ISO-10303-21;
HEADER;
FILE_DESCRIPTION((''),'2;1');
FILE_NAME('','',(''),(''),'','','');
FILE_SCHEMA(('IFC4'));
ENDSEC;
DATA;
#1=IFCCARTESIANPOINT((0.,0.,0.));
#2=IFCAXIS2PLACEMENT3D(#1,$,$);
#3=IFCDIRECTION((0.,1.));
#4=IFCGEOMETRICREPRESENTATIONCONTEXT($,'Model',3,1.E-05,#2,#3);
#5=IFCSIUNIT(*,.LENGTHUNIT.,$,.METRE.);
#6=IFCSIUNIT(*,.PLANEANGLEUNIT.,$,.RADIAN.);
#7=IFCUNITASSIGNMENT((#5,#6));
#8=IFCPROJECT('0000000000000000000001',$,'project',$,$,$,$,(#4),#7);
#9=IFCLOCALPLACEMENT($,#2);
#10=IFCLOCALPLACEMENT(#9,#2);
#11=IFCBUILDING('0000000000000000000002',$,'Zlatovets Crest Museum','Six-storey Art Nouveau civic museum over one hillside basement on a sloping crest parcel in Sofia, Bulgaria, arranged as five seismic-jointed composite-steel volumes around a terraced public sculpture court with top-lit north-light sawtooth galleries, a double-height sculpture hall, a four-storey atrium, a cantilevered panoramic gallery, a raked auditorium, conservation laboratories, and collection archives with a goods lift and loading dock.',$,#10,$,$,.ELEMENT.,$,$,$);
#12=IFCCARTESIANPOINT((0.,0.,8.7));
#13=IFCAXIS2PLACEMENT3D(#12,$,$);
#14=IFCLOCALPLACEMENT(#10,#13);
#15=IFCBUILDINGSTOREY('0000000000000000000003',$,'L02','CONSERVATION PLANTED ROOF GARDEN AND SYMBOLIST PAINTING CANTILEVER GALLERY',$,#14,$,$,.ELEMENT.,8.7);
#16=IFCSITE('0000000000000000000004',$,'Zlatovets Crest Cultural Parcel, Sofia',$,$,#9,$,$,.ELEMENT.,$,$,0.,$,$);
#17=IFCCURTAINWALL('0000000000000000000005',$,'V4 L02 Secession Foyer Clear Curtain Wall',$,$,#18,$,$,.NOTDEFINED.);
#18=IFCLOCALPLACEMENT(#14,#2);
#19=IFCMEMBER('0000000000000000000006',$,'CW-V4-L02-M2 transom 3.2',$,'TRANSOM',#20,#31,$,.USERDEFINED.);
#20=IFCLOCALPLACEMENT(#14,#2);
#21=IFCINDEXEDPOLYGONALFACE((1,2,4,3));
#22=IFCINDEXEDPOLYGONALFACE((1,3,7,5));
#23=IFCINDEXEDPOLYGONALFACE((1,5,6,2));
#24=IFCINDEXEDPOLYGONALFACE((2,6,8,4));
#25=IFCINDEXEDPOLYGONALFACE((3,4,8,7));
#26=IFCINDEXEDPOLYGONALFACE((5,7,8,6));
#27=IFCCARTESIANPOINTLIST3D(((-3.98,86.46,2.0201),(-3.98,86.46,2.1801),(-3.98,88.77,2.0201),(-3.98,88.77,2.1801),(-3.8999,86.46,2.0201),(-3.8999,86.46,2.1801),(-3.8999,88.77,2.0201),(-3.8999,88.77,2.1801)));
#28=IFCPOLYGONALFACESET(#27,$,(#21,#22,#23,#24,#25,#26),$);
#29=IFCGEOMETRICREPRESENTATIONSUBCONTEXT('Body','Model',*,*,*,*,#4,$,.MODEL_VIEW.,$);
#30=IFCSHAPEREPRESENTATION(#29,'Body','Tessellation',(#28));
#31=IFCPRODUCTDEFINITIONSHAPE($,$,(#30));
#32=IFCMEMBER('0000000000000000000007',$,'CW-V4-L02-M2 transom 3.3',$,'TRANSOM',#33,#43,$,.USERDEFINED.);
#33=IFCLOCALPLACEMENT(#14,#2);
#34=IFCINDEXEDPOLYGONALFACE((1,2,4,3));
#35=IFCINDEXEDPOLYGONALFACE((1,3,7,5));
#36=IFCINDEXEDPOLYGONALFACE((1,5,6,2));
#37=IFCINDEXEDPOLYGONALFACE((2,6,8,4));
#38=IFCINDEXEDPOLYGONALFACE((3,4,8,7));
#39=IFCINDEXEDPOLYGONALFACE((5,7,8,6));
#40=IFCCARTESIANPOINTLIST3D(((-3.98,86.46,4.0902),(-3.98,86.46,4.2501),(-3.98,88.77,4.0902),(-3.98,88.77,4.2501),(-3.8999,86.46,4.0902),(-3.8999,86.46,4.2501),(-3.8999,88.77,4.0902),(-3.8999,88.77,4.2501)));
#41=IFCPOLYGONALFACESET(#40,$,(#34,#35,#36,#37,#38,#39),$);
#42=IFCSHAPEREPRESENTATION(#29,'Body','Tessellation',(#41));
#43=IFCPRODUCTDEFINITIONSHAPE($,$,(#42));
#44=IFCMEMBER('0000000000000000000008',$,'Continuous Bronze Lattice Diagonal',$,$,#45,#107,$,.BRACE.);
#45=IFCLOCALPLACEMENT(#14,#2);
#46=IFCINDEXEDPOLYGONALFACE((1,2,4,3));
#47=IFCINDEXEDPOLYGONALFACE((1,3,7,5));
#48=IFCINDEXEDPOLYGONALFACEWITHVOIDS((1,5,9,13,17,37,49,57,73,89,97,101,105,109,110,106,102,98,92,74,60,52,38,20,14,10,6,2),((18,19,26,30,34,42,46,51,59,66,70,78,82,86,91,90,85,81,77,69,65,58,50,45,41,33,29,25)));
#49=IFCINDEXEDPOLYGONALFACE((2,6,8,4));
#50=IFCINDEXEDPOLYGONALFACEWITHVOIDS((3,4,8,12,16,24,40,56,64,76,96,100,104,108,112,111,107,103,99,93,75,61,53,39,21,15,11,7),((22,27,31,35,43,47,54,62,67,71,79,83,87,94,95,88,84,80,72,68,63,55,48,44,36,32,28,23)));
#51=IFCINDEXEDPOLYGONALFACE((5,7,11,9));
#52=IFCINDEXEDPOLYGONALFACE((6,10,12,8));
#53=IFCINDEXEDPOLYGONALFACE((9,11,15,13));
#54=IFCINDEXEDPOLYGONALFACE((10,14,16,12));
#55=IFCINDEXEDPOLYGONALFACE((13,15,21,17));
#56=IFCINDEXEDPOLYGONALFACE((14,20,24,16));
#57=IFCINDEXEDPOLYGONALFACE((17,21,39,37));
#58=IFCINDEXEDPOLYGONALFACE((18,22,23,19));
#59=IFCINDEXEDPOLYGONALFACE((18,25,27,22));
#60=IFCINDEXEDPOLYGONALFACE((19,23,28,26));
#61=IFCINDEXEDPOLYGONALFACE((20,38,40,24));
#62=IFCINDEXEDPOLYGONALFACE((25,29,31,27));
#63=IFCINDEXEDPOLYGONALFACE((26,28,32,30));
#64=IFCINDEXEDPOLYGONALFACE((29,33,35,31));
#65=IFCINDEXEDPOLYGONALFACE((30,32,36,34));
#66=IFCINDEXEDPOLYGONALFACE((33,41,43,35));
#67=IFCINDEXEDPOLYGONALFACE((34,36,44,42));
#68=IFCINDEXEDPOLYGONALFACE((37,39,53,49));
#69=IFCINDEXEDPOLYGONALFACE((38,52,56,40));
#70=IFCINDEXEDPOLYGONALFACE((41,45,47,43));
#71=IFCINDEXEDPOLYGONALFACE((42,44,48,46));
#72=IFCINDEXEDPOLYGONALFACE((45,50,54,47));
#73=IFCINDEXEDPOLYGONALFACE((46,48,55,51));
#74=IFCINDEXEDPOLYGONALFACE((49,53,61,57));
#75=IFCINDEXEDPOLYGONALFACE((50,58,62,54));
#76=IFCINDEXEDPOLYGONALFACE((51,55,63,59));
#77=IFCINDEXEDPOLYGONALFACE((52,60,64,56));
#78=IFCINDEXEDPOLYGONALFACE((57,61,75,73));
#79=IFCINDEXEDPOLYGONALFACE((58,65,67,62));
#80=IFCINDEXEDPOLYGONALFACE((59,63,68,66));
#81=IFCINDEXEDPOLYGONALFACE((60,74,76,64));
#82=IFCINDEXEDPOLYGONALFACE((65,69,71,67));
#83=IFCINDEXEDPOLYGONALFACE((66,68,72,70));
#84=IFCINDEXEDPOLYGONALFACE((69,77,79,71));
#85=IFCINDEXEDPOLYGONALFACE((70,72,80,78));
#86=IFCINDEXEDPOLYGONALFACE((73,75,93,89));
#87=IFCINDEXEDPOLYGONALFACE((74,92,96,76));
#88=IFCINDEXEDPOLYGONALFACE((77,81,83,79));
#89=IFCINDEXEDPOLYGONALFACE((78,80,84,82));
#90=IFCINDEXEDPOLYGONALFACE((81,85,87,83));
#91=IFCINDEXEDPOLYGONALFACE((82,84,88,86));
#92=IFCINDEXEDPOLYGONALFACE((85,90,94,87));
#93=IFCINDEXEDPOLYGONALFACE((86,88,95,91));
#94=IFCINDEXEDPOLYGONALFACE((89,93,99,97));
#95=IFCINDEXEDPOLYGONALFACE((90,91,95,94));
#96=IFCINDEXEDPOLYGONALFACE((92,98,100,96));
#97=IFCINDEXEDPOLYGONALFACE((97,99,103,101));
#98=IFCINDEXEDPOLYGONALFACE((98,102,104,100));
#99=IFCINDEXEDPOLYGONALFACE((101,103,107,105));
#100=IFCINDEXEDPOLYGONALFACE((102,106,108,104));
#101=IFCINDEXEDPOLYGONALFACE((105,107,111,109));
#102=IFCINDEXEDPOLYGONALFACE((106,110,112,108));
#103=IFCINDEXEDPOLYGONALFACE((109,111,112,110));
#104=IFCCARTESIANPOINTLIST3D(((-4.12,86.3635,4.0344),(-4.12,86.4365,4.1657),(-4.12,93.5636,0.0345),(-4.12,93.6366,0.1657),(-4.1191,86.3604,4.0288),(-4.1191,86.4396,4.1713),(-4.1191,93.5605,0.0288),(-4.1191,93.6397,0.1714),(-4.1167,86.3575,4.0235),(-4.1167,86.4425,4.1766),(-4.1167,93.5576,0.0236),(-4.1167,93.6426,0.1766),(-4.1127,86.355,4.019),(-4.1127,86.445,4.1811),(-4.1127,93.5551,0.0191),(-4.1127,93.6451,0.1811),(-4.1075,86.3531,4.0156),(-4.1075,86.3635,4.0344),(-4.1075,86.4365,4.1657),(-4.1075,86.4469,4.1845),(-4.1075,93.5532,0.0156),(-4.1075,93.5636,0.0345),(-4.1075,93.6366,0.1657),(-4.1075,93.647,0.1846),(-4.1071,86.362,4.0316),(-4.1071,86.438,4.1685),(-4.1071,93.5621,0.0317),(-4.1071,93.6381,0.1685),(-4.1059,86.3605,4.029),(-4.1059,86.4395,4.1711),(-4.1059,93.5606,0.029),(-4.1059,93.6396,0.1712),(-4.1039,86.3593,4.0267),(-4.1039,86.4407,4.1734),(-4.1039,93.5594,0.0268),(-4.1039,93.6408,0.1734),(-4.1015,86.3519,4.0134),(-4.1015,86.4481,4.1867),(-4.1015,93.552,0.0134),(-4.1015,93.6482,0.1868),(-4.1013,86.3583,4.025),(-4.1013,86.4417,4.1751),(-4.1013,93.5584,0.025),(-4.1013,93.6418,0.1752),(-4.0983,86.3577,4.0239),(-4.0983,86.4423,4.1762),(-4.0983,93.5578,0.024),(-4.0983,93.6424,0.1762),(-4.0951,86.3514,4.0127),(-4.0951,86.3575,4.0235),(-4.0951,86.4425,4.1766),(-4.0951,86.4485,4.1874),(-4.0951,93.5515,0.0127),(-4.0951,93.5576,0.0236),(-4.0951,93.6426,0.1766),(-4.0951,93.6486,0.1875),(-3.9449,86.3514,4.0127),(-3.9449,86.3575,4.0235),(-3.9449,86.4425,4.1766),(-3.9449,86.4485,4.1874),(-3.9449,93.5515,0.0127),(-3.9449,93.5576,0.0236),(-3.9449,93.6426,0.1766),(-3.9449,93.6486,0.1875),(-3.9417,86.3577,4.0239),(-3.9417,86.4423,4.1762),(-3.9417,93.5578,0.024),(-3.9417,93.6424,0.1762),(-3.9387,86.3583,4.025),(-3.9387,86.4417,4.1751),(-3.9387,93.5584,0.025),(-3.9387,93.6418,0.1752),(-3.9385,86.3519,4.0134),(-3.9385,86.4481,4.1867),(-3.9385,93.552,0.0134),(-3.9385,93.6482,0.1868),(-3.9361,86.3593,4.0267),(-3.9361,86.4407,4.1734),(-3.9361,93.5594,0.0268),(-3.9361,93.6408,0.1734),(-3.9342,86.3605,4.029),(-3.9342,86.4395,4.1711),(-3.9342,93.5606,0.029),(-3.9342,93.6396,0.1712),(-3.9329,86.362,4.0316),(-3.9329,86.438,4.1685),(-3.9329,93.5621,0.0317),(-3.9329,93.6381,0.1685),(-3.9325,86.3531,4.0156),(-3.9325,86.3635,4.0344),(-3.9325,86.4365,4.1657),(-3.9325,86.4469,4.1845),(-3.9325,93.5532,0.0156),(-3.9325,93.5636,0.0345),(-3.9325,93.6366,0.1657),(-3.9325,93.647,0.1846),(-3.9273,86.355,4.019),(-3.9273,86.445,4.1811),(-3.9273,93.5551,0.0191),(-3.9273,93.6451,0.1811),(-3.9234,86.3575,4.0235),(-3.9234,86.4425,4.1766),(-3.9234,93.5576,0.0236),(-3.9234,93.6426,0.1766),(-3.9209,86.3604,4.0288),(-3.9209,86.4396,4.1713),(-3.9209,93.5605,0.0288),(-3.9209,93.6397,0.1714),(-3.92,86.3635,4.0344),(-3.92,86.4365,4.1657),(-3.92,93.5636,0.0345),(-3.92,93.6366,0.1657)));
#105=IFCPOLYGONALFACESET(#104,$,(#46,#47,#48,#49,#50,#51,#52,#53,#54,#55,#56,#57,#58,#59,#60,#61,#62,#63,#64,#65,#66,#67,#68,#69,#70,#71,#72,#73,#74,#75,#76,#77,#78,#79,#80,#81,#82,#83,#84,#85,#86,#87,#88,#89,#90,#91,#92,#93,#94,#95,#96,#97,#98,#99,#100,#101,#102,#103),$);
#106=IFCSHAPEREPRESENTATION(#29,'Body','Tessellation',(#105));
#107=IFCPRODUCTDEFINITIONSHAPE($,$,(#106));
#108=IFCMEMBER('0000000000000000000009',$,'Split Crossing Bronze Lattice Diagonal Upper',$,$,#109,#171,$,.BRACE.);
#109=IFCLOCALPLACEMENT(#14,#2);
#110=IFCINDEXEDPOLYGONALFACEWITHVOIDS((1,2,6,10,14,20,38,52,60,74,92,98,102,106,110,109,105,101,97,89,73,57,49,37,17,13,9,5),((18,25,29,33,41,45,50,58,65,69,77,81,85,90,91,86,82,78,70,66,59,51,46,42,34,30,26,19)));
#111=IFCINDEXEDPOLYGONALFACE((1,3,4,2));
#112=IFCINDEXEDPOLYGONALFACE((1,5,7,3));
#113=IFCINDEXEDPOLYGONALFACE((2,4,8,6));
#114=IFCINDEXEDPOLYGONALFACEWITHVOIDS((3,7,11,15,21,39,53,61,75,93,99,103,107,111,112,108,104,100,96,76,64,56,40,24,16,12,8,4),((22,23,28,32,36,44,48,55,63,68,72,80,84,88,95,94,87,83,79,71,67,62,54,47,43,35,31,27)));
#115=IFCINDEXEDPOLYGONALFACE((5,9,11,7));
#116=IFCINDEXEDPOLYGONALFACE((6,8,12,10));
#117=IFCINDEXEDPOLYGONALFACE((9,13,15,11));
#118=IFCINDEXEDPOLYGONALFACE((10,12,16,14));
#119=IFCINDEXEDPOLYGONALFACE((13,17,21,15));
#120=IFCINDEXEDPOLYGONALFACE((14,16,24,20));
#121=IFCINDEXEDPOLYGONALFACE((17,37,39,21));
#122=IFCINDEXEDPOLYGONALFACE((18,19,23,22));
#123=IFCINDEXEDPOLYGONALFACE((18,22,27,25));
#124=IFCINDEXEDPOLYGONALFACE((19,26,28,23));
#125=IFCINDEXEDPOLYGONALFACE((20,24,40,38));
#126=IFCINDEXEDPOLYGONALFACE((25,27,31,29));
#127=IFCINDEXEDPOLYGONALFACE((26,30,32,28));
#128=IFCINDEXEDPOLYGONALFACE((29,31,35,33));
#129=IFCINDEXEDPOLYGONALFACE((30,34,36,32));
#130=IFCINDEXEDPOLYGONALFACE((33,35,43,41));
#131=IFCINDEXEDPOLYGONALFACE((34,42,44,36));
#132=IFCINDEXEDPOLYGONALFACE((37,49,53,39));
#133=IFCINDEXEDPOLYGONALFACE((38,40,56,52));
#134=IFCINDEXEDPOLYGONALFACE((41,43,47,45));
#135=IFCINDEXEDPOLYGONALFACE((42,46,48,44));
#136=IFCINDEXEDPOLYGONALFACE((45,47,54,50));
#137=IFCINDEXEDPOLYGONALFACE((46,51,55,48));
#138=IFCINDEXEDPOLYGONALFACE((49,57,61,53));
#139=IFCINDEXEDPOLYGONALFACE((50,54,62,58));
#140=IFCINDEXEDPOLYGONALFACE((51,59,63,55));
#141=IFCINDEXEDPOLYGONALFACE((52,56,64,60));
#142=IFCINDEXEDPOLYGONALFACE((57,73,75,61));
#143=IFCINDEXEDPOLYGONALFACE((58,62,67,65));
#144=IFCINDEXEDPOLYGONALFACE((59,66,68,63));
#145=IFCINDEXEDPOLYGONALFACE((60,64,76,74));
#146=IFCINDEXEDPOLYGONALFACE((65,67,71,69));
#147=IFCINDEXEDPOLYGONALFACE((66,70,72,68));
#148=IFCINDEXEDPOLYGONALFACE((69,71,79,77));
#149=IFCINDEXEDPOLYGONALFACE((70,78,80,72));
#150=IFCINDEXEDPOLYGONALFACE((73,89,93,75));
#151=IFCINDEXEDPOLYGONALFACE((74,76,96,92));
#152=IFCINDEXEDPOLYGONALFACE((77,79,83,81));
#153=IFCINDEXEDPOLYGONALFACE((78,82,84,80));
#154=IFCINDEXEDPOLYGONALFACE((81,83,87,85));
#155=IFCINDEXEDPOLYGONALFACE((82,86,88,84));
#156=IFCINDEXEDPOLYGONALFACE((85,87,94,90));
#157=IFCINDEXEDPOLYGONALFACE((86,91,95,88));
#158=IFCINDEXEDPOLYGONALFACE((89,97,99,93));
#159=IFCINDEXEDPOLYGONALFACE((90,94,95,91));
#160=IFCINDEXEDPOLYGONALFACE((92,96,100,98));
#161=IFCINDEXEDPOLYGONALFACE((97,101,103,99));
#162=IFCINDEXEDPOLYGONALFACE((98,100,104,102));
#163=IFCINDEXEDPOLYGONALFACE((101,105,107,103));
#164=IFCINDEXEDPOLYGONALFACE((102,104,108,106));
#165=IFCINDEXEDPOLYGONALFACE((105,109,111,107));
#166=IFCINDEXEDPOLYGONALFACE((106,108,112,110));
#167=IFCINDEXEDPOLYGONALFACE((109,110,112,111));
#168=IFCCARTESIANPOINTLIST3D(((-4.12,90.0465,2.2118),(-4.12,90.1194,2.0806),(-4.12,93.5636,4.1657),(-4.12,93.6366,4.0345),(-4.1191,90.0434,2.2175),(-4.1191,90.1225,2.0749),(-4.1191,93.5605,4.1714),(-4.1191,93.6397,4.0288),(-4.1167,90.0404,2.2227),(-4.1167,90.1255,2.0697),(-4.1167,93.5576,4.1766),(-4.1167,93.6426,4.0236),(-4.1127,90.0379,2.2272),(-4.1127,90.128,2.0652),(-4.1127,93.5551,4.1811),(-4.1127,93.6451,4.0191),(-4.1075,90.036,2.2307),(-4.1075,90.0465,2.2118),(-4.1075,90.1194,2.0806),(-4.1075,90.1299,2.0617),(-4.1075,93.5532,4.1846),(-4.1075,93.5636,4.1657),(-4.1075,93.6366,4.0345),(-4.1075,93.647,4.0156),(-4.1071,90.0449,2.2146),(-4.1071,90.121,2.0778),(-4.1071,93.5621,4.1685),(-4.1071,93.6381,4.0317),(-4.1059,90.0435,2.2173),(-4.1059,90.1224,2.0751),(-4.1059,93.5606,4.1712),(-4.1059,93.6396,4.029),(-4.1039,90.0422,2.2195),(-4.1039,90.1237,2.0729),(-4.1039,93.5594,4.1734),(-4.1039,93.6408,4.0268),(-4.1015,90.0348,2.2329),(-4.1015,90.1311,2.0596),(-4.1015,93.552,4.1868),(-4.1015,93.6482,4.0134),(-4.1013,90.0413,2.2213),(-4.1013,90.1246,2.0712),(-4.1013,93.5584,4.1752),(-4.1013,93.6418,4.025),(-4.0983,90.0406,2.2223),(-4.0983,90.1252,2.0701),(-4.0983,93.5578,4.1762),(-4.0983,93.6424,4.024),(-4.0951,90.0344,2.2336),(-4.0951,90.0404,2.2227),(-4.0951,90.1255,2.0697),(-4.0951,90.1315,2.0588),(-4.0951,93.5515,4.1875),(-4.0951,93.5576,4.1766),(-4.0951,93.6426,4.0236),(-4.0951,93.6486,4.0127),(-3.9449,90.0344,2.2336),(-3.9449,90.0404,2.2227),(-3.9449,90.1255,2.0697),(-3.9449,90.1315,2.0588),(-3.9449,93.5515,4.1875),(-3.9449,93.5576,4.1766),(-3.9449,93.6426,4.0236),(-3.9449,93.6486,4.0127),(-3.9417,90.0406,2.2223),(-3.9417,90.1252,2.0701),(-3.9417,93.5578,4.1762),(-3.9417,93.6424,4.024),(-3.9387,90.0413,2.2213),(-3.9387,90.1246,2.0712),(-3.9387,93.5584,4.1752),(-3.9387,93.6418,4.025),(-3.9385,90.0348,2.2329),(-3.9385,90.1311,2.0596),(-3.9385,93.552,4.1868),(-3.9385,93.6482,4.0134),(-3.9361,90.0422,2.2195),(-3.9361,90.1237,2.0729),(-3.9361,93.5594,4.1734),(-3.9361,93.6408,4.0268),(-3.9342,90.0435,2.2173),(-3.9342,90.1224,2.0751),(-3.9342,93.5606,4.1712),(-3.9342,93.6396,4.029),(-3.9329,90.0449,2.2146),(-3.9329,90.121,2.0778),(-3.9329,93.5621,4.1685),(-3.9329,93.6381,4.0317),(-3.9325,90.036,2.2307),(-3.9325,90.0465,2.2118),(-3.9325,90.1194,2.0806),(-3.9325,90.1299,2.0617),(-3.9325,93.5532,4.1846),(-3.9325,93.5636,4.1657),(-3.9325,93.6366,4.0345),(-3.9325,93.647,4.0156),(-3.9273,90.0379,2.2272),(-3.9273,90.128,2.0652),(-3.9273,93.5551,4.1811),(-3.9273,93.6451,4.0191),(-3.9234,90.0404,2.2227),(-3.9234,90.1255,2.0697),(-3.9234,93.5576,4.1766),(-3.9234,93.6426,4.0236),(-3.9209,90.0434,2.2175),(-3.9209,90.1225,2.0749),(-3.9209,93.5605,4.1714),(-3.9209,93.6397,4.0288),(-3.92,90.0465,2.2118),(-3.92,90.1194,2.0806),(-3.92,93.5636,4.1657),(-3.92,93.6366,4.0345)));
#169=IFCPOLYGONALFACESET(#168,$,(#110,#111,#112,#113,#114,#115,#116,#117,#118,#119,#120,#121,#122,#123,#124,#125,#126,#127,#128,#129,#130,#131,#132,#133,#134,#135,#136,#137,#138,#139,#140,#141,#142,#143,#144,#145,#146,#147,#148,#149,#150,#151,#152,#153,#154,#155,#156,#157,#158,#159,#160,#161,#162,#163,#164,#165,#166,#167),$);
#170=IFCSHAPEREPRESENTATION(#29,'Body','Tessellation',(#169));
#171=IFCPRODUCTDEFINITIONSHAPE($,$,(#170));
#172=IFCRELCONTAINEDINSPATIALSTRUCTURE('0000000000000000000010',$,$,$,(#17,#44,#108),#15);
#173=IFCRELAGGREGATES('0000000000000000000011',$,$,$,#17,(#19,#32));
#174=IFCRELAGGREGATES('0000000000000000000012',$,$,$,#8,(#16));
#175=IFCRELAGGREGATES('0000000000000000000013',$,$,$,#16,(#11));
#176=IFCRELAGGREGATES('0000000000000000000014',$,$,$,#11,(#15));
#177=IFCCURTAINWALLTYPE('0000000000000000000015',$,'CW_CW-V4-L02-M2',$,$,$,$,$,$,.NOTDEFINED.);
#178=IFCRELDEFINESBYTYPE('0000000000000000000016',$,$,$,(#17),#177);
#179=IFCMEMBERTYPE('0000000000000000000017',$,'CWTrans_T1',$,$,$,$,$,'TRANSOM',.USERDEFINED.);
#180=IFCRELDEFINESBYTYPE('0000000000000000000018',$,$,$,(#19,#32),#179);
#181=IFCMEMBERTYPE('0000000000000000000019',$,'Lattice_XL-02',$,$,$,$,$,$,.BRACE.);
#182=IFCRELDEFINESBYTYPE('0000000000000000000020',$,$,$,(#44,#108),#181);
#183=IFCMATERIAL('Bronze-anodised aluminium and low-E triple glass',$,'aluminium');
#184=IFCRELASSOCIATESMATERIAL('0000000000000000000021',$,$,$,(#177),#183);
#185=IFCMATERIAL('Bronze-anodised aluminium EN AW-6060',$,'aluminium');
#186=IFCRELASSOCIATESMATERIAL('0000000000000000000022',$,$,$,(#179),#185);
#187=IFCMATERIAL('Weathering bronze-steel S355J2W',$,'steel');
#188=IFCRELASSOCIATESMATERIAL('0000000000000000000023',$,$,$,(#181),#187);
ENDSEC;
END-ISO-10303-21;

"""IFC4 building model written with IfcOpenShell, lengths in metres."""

from ifc_helpers import new_model, si_unit, direction, frame, origin, origin_2d, place, context, subcontext, project, spatial, rectangle, hollow_rectangle, extrude, material, material_profile, profile_set, type_object, element, aggregate, save


model = new_model("IFC4")

# Units and contexts
model_context = context("Model", 3, precision=1e-05, world=origin(), true_north=direction((0.0, 1.0)))
body_context = subcontext(model_context, "Body", "Model", "MODEL_VIEW")
ifc_project = project(units=[si_unit("LENGTHUNIT", "METRE"), si_unit("PLANEANGLEUNIT", "RADIAN")], contexts=[model_context])

# Site, building, storey
site_placement = place(None, origin())
site = spatial("IfcSite", under=ifc_project, at=site_placement, Name="Zlatovets Crest Cultural Parcel, Sofia", CompositionType="ELEMENT", RefElevation=0.0)
building_placement = place(site_placement, origin())
building = spatial("IfcBuilding", under=site, at=building_placement, Name="Zlatovets Crest Museum", Description="Six-storey Art Nouveau civic museum over one hillside basement on a sloping crest parcel in Sofia, Bulgaria, arranged as five seismic-jointed composite-steel volumes around a terraced public sculpture court with top-lit north-light sawtooth galleries, a double-height sculpture hall, a four-storey atrium, a cantilevered panoramic gallery, a raked auditorium, conservation laboratories, and collection archives with a goods lift and loading dock.", CompositionType="ELEMENT")
storey_placement = place(building_placement, frame((0.0, 0.0, 8.7)))
storey = spatial("IfcBuildingStorey", under=building, at=storey_placement, Name="L02", Description="CONSERVATION PLANTED ROOF GARDEN AND SYMBOLIST PAINTING CANTILEVER GALLERY", CompositionType="ELEMENT", Elevation=8.7)

# Curtain wall, members
ifc_material_1 = material(Name="Bronze-anodised aluminium and low-E triple glass", Category="aluminium")
curtain_wall_type = type_object("IfcCurtainWallType", Name="CW_CW-V4-L02-M2", PredefinedType="NOTDEFINED", material=ifc_material_1)
curtain_wall_placement = place(storey_placement, origin())
curtain_wall = element("IfcCurtainWall", 1, at=curtain_wall_placement, inside=storey, type_object=curtain_wall_type, Name="V4 L02 Secession Foyer Clear Curtain Wall", PredefinedType="NOTDEFINED")
ifc_material_2 = material(Name="Bronze-anodised aluminium EN AW-6060", Category="aluminium")
ifc_material_profile_1 = material_profile(ifc_material_2, rectangle(XDim=0.0801, YDim=0.1599, at=origin_2d()), Name="ALU 80x160")
ifc_profile_set_1 = profile_set([ifc_material_profile_1], Name="Bronze-anodised aluminium EN AW-6060")
member_type_1 = type_object("IfcMemberType", Name="CWTrans_T1", ElementType="TRANSOM", PredefinedType="USERDEFINED", material=ifc_profile_set_1)
member_1_placement = place(storey_placement, frame((-3.9399, 88.77, 2.1001), z_axis=(0.0, -1.0, 0.0), x_axis=(1.0, 0.0, 0.0)))
member_1 = element("IfcMember", 2, at=member_1_placement, type_object=member_type_1, Name="CW-V4-L02-M2 transom 3.2", ObjectType="TRANSOM", PredefinedType="USERDEFINED", context=body_context, shape_type="SweptSolid", body=[
    extrude(rectangle(XDim=0.0801, YDim=0.1599, at=origin_2d()), origin(), (0.0, 0.0, 1.0), 2.3101),
])
member_2_placement = place(storey_placement, frame((-3.9399, 88.77, 4.1702), z_axis=(0.0, -1.0, 0.0), x_axis=(1.0, 0.0, 0.0)))
member_2 = element("IfcMember", 3, at=member_2_placement, type_object=member_type_1, Name="CW-V4-L02-M2 transom 3.3", ObjectType="TRANSOM", PredefinedType="USERDEFINED", context=body_context, shape_type="SweptSolid", body=[
    extrude(rectangle(XDim=0.0801, YDim=0.1599, at=origin_2d()), origin(), (0.0, 0.0, 1.0), 2.3101),
])

# Members
ifc_material_3 = material(Name="Weathering bronze-steel S355J2W", Category="steel")
ifc_material_profile_2 = material_profile(ifc_material_3, hollow_rectangle(XDim=0.2, YDim=0.2, WallThickness=0.0125, InnerFilletRadius=0.0125, OuterFilletRadius=0.0249, at=origin_2d()), Name="SHS 200x200x12.5")
ifc_profile_set_2 = profile_set([ifc_material_profile_2], Name="Weathering bronze-steel S355J2W")
member_type_2 = type_object("IfcMemberType", Name="Lattice_XL-02", PredefinedType="BRACE", material=ifc_profile_set_2)
member_3_placement = place(storey_placement, frame((-4.02, 93.6001, 0.1001), z_axis=(0.0, -0.874163, 0.485633), x_axis=(1.0, 0.0, 0.0)))
element("IfcMember", 4, at=member_3_placement, inside=storey, type_object=member_type_2, Name="Continuous Bronze Lattice Diagonal", PredefinedType="BRACE", context=body_context, shape_type="SweptSolid", body=[
    extrude(hollow_rectangle(XDim=0.2, YDim=0.2, WallThickness=0.0125, InnerFilletRadius=0.0125, OuterFilletRadius=0.0249, at=origin_2d()), origin(), (0.0, 0.0, 1.0), 8.2366),
])
for number, where, z_axis, x_axis, name in (
    (5, (-4.02, 93.6001, 4.1001), (0.0, -0.874166, -0.485627), (1.0, 0.0, 0.0), "Split Crossing Bronze Lattice Diagonal Upper"),
):
    element("IfcMember", number, at=place(storey_placement, frame(where, z_axis=z_axis, x_axis=x_axis)), inside=storey, type_object=member_type_2, Name=name, PredefinedType="BRACE", context=body_context, shape_type="SweptSolid", body=[
        extrude(hollow_rectangle(XDim=0.2, YDim=0.2, WallThickness=0.0125, InnerFilletRadius=0.0125, OuterFilletRadius=0.0249, at=origin_2d()), origin(), (0.0, 0.0, 1.0), 4.0234),
    ])

aggregate(curtain_wall, [member_1, member_2])

save(model, "model.ifc")
